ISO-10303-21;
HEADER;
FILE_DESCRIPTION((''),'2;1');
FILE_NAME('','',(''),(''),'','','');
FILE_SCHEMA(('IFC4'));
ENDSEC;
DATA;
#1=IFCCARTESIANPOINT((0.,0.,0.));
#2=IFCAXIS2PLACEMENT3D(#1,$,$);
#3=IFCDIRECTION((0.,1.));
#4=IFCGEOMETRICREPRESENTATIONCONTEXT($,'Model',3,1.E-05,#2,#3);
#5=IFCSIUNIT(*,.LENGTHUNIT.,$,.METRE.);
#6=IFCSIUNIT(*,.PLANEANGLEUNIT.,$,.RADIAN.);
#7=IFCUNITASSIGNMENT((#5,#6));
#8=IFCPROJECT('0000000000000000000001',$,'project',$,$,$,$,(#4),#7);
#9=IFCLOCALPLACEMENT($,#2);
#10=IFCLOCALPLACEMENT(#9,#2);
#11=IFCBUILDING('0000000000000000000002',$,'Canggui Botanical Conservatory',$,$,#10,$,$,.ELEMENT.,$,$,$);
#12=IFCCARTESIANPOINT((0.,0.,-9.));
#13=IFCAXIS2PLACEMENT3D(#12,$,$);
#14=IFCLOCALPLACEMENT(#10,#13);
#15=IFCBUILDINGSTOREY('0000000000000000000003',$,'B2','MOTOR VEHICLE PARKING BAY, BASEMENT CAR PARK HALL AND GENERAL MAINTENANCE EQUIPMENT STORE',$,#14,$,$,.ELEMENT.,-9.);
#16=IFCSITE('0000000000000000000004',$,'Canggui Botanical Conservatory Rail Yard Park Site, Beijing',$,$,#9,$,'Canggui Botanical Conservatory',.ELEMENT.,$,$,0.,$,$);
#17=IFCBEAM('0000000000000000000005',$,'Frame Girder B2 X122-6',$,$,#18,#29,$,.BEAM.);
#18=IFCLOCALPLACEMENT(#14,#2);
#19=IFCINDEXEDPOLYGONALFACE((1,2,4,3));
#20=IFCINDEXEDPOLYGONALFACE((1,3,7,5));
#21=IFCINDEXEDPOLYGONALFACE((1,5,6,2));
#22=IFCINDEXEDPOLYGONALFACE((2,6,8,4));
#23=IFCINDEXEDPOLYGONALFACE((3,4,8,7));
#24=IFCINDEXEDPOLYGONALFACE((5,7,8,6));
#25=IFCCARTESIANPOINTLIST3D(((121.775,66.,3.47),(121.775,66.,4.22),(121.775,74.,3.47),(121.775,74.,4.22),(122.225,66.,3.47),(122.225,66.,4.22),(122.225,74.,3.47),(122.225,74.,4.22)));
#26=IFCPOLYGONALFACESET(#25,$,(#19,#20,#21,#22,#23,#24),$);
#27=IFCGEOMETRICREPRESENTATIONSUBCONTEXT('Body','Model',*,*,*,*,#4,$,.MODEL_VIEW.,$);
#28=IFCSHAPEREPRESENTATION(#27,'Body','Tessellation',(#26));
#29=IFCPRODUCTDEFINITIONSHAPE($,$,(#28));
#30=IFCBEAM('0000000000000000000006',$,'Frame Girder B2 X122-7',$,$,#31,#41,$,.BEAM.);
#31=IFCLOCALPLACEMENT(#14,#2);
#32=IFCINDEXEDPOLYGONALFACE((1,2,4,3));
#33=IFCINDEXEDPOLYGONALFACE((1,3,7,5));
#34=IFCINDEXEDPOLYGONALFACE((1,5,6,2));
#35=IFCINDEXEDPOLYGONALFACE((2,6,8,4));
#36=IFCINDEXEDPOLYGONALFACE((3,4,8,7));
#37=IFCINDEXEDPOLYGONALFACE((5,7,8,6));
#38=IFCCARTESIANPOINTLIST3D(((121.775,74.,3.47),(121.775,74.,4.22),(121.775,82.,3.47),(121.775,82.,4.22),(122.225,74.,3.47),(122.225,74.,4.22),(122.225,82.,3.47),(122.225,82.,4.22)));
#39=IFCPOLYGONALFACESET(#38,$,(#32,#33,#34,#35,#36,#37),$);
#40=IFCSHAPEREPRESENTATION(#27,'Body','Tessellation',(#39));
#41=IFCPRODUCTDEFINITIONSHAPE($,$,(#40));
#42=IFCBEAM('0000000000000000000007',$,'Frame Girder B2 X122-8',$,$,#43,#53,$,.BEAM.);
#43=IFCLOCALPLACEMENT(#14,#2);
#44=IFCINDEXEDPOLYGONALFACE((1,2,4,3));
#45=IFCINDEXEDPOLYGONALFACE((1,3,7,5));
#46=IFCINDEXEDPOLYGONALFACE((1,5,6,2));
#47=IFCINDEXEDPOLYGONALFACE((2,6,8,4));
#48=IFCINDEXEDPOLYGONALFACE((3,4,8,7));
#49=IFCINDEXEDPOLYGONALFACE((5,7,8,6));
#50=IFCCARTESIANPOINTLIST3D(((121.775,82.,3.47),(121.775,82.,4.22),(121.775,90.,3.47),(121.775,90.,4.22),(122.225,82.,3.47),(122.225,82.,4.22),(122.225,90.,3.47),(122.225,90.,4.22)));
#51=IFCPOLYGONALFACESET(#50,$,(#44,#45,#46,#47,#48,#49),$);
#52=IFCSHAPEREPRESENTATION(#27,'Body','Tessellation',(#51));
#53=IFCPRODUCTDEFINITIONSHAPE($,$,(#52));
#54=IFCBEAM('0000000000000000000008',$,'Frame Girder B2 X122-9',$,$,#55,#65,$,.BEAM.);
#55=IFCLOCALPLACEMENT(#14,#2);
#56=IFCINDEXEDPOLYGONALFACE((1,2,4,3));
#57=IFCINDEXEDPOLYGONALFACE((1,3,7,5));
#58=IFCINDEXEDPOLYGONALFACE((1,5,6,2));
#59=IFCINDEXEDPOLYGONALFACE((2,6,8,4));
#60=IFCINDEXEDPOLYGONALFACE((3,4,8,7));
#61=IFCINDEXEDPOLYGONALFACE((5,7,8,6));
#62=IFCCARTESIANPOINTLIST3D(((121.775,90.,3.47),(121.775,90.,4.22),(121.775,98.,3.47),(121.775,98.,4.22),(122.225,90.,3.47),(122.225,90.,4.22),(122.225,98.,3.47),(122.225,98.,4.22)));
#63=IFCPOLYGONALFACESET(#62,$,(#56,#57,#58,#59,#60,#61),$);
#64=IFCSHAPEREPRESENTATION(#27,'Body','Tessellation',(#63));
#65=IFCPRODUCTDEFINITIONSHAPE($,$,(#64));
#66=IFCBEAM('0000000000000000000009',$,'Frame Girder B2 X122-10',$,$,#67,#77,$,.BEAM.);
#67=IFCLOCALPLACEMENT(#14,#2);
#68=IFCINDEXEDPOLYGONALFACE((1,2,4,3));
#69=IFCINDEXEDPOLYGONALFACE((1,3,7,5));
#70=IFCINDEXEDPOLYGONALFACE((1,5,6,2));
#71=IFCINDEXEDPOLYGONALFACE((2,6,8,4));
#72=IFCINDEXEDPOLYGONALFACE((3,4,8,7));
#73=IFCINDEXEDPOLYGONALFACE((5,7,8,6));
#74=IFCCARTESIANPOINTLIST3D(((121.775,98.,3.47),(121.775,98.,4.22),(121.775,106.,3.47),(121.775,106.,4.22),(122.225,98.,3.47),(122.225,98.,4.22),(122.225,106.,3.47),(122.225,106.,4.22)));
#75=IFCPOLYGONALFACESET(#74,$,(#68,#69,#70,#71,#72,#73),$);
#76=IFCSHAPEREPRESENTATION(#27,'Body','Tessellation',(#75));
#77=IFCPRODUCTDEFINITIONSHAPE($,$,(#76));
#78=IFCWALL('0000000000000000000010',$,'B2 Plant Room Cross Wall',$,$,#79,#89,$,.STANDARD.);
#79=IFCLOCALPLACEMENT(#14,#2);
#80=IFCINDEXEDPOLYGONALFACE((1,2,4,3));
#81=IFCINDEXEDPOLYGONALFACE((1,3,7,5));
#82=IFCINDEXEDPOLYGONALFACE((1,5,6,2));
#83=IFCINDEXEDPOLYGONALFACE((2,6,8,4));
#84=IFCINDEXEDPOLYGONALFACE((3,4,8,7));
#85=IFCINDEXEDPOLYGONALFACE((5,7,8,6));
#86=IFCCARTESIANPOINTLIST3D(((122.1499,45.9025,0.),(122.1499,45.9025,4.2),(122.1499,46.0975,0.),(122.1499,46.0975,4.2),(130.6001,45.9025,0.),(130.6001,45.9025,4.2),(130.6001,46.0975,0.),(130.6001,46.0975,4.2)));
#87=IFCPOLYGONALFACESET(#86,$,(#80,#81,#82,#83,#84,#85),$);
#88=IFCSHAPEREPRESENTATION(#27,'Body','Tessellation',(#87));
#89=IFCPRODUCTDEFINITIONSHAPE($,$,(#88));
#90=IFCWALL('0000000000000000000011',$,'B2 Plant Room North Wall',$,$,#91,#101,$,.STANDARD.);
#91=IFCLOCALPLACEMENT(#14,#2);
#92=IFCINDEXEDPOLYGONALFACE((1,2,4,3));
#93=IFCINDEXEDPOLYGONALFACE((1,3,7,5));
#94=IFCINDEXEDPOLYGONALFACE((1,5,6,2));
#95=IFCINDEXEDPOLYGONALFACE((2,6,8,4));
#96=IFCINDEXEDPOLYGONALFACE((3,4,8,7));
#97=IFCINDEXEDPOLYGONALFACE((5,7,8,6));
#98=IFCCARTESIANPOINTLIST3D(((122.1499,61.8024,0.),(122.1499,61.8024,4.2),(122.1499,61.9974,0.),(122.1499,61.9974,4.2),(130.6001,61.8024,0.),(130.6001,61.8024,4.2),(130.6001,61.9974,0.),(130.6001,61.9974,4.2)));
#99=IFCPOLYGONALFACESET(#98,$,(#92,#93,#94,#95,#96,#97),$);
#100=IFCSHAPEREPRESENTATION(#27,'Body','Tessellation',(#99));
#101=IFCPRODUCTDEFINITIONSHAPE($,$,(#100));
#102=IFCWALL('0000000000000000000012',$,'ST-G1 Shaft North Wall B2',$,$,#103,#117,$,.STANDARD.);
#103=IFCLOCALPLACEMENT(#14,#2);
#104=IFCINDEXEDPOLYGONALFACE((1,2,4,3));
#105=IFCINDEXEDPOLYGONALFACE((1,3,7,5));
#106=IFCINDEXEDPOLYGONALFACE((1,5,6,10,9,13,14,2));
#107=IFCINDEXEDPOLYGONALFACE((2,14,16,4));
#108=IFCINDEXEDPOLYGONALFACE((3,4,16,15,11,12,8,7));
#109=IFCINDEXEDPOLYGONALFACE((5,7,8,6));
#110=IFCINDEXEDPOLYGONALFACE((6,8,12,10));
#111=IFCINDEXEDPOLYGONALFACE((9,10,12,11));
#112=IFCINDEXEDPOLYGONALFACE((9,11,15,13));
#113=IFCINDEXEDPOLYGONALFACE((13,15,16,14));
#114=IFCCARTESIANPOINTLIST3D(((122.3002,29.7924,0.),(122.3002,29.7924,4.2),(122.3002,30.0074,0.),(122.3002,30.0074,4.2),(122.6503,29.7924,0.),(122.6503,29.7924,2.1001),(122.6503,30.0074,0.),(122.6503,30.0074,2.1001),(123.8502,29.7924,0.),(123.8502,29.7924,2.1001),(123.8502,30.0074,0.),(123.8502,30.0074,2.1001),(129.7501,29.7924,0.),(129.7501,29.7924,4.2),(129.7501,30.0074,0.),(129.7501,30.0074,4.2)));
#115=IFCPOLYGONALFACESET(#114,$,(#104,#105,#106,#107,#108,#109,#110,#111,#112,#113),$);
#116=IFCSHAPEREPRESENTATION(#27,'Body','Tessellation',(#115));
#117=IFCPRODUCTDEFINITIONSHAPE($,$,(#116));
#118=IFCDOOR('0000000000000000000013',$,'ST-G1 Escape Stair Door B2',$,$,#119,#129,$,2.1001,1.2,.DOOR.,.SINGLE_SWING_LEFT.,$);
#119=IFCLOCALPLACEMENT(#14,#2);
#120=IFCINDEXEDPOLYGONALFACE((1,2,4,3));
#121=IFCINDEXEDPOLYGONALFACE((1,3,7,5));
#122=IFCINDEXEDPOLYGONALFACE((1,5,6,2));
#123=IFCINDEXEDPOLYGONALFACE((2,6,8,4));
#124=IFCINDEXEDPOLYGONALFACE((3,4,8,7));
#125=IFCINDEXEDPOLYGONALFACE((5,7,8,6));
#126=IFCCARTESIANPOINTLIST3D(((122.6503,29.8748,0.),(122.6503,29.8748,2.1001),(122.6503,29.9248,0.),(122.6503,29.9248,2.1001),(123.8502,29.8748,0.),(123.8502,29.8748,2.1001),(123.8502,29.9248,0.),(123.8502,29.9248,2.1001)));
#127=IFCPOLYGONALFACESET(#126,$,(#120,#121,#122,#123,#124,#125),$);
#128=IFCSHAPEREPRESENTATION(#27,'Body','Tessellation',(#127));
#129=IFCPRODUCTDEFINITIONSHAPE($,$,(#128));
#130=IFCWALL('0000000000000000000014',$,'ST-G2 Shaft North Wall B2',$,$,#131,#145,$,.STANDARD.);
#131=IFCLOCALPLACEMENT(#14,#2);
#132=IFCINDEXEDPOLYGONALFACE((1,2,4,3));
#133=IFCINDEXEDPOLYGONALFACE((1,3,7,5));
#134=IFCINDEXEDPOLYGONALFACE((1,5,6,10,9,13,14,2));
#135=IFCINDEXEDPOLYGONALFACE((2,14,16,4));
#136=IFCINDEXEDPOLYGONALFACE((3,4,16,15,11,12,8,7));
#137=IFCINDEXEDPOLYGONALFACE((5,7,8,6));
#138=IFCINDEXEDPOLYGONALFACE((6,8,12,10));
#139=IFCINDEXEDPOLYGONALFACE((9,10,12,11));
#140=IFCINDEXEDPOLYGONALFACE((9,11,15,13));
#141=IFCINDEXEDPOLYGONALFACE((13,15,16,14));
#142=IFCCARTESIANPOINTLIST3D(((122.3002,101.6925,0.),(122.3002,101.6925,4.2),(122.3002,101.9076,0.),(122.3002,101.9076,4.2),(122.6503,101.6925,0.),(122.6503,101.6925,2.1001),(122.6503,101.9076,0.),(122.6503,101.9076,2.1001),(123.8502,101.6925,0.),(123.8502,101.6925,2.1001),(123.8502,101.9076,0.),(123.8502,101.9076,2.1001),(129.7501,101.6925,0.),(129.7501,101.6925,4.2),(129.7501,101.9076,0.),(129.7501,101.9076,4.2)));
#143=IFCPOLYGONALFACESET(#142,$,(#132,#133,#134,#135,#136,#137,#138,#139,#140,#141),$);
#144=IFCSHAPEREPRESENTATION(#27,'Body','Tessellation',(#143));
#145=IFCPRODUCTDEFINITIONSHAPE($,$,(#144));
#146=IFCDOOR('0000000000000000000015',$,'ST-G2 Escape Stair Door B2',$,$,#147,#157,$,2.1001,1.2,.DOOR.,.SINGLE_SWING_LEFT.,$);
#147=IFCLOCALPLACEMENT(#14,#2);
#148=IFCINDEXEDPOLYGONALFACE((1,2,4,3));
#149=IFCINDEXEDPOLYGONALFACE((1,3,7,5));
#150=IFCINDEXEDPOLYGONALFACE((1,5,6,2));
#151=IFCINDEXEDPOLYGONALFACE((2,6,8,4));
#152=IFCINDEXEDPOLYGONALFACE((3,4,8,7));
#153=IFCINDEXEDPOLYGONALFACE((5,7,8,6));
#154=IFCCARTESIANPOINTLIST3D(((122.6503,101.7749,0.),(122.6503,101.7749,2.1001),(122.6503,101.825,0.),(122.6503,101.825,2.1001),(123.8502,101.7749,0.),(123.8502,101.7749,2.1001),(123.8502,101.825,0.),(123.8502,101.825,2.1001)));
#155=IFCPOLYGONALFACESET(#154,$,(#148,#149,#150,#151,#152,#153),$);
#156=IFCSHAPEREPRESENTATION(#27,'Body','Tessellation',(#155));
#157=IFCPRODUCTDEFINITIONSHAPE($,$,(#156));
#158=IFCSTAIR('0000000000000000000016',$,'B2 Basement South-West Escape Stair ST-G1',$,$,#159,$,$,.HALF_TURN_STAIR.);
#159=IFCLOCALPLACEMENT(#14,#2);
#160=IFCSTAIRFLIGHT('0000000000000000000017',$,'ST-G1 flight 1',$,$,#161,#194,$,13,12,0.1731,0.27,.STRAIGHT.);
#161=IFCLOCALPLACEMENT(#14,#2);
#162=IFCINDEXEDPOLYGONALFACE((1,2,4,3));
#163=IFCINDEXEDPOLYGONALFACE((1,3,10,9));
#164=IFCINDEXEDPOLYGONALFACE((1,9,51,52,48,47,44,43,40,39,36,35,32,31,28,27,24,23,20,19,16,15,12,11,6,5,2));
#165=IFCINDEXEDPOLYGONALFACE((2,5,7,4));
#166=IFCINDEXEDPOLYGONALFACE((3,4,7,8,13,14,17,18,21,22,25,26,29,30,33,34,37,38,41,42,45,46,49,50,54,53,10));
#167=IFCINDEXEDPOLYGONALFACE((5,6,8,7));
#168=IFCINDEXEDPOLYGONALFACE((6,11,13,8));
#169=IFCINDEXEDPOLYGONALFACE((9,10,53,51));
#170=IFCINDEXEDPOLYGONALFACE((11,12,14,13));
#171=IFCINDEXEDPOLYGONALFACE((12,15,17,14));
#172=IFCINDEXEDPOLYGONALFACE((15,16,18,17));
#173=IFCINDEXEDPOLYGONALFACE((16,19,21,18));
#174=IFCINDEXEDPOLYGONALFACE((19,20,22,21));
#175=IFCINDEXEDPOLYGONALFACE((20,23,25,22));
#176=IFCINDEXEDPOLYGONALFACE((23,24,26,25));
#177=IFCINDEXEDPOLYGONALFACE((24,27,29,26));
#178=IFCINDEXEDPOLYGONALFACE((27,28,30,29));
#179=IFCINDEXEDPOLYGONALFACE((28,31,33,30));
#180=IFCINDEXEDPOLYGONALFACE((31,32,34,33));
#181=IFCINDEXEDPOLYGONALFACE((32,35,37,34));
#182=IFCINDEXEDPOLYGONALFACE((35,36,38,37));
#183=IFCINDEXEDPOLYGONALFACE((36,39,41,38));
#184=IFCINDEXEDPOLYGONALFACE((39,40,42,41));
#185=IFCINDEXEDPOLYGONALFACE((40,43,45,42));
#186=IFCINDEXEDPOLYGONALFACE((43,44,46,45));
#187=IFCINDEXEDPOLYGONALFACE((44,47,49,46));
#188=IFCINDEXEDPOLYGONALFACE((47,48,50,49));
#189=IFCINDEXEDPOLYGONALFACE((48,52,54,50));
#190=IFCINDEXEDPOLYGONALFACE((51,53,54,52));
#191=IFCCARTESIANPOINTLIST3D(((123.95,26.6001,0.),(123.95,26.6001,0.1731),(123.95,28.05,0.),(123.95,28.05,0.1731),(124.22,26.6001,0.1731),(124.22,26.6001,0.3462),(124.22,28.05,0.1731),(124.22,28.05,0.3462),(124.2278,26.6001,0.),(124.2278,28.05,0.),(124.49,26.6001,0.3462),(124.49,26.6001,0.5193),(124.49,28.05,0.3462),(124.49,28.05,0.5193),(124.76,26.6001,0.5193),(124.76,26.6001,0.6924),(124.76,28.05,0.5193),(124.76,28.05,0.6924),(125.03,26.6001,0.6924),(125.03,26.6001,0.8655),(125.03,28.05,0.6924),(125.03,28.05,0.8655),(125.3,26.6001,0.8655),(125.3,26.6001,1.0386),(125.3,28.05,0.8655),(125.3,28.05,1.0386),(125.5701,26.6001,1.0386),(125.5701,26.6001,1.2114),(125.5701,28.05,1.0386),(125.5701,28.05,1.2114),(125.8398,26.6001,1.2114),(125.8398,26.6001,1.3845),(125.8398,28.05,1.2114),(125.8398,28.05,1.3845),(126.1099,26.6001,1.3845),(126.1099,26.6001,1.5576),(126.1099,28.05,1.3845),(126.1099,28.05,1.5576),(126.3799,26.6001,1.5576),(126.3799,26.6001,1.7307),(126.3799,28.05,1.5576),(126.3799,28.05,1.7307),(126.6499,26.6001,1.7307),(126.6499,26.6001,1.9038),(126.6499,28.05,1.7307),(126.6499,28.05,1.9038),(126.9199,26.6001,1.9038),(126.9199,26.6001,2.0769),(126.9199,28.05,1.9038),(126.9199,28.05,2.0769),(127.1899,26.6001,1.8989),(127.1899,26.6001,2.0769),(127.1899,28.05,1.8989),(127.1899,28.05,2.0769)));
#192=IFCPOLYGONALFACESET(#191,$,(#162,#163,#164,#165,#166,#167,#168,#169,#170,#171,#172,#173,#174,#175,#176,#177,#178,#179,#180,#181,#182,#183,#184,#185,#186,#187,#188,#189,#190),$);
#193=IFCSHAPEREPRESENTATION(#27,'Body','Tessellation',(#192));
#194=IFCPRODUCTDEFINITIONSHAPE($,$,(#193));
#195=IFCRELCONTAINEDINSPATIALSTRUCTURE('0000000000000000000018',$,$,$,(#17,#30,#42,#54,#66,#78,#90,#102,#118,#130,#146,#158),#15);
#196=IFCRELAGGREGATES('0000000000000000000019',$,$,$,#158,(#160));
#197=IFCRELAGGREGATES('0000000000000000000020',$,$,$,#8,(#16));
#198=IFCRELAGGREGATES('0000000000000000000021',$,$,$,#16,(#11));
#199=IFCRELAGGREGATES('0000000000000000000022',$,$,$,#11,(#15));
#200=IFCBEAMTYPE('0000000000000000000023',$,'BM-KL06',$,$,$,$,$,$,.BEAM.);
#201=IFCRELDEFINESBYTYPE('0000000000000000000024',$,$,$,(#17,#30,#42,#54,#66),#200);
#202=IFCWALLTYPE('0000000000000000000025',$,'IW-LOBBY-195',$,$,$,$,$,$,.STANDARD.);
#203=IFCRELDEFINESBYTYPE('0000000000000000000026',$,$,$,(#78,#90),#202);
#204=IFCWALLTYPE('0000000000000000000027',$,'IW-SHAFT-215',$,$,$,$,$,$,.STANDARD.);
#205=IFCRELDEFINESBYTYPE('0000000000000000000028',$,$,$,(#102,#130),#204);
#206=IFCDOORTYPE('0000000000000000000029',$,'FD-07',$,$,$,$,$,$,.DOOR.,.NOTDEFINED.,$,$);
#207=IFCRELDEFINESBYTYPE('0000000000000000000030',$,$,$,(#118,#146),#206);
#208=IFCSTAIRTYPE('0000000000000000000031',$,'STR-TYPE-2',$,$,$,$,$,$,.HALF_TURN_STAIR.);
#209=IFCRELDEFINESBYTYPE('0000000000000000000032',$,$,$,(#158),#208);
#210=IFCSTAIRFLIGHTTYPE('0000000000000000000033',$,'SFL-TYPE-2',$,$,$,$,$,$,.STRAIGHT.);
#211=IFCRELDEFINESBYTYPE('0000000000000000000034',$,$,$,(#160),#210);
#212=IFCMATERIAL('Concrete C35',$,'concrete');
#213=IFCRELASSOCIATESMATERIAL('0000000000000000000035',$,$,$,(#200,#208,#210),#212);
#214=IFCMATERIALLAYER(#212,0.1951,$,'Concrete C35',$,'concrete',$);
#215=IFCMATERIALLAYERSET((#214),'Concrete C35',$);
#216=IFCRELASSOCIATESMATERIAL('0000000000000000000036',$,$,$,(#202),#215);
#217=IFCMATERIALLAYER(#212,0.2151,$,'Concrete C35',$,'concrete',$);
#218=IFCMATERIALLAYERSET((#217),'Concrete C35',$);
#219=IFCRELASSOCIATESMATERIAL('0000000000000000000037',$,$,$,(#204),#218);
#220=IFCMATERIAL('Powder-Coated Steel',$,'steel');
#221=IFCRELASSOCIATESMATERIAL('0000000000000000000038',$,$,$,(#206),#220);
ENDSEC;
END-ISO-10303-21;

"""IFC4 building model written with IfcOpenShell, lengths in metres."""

from ifc_helpers import new_model, si_unit, direction, frame, frame_2d, origin, origin_2d, place, context, subcontext, project, spatial, polyline, rectangle, outline, extrude, material, layer, layer_set, material_profile, profile_set, type_object, element, fill, aggregate, save


model = new_model("IFC4")

# Units and contexts
model_context = context("Model", 3, precision=1e-05, world=origin(), true_north=direction((0.0, 1.0)))
body_context = subcontext(model_context, "Body", "Model", "MODEL_VIEW")
ifc_project = project(units=[si_unit("LENGTHUNIT", "METRE"), si_unit("PLANEANGLEUNIT", "RADIAN")], contexts=[model_context])

# Site, building, storey
site_placement = place(None, origin())
site = spatial("IfcSite", under=ifc_project, at=site_placement, Name="Canggui Botanical Conservatory Rail Yard Park Site, Beijing", LongName="Canggui Botanical Conservatory", CompositionType="ELEMENT", RefElevation=0.0)
building_placement = place(site_placement, origin())
building = spatial("IfcBuilding", under=site, at=building_placement, Name="Canggui Botanical Conservatory", CompositionType="ELEMENT")
storey_placement = place(building_placement, frame((0.0, 0.0, -9.0)))
storey = spatial("IfcBuildingStorey", under=building, at=storey_placement, Name="B2", Description="MOTOR VEHICLE PARKING BAY, BASEMENT CAR PARK HALL AND GENERAL MAINTENANCE EQUIPMENT STORE", CompositionType="ELEMENT", Elevation=-9.0)

# Shared definitions
ifc_material_1 = material(Name="Concrete C35", Category="concrete")

# Beams
ifc_material_profile_1 = material_profile(ifc_material_1, rectangle(XDim=0.45, YDim=0.75, at=origin_2d()), Name="RB 450x750")
ifc_profile_set_1 = profile_set([ifc_material_profile_1], Name="Concrete C35")
beam_type_1 = type_object("IfcBeamType", Name="BM-KL06", PredefinedType="BEAM", material=ifc_profile_set_1)
for number, where, z_axis, x_axis, name in (
    (1, (122.0, 66.0, 3.845), (0.0, 1.0, 0.0), (-1.0, 0.0, 0.0), "Frame Girder B2 X122-6"),
    (2, (122.0, 74.0, 3.845), (0.0, 1.0, 0.0), (-1.0, 0.0, 0.0), "Frame Girder B2 X122-7"),
    (3, (122.0, 82.0, 3.845), (0.0, 1.0, 0.0), (-1.0, 0.0, 0.0), "Frame Girder B2 X122-8"),
    (4, (122.0, 90.0, 3.845), (0.0, 1.0, 0.0), (-1.0, 0.0, 0.0), "Frame Girder B2 X122-9"),
    (5, (122.0, 98.0, 3.845), (0.0, 1.0, 0.0), (-1.0, 0.0, 0.0), "Frame Girder B2 X122-10"),
):
    element("IfcBeam", number, at=place(storey_placement, frame(where, z_axis=z_axis, x_axis=x_axis)), inside=storey, type_object=beam_type_1, Name=name, PredefinedType="BEAM", context=body_context, shape_type="SweptSolid", body=[
        extrude(rectangle(XDim=0.45, YDim=0.75, at=origin_2d()), origin(), (0.0, 0.0, 1.0), 8.0),
    ])

# Walls
ifc_layer_1 = layer(ifc_material_1, 0.1951, Name="Concrete C35", Category="concrete")
ifc_layer_set_1 = layer_set([ifc_layer_1], Name="Concrete C35")
wall_type_1 = type_object("IfcWallType", Name="IW-LOBBY-195", PredefinedType="STANDARD", material=ifc_layer_set_1)
for number, where, z_axis, x_axis, name in (
    (6, (122.1499, 46.0, 0.0), (0.0, 0.0, 1.0), (1.0, 0.0, 0.0), "B2 Plant Room Cross Wall"),
    (7, (122.1499, 61.8999, 0.0), (0.0, 0.0, 1.0), (1.0, 0.0, 0.0), "B2 Plant Room North Wall"),
):
    element("IfcWall", number, at=place(storey_placement, frame(where, z_axis=z_axis, x_axis=x_axis)), inside=storey, type_object=wall_type_1, Name=name, PredefinedType="STANDARD", context=body_context, shape_type="SweptSolid", body=[
        extrude(rectangle(XDim=8.4502, YDim=0.1951, at=frame_2d((4.2251, 0.0))), origin(), (0.0, 0.0, 1.0), 4.2),
    ])

# Walls, openings, doors
ifc_layer_2 = layer(ifc_material_1, 0.2151, Name="Concrete C35", Category="concrete")
ifc_layer_set_2 = layer_set([ifc_layer_2], Name="Concrete C35")
wall_type_2 = type_object("IfcWallType", Name="IW-SHAFT-215", PredefinedType="STANDARD", material=ifc_layer_set_2)
wall_1_placement = place(storey_placement, frame((122.3, 29.8999, 0.0), z_axis=(0.0, 0.0, 1.0), x_axis=(1.0, 0.0, 0.0)))
wall_1 = element("IfcWall", 8, at=wall_1_placement, inside=storey, type_object=wall_type_2, Name="ST-G1 Shaft North Wall B2", PredefinedType="STANDARD", context=body_context, shape_type="SweptSolid", body=[
    extrude(rectangle(XDim=7.45, YDim=0.2151, at=frame_2d((3.7251, 0.0))), origin(), (0.0, 0.0, 1.0), 4.2),
])
opening_1_placement = place(wall_1_placement, frame((0.3501, 0.0, 0.0)))
opening_1 = element("IfcOpeningElement", 9, at=opening_1_placement, cuts=wall_1, PredefinedType="OPENING", context=body_context, shape_type="SweptSolid", body=[
    extrude(rectangle(XDim=1.2, YDim=2.1001, at=frame_2d((0.6001, 1.05))), frame((0.0, 0.1177, 0.0), z_axis=(0.0, -1.0, 0.0), x_axis=(1.0, 0.0, 0.0)), (0.0, 0.0, 1.0), 0.2351),
])
ifc_material_2 = material(Name="Powder-Coated Steel", Category="steel")
door_type = type_object("IfcDoorType", Name="FD-07", OperationType="NOTDEFINED", PredefinedType="DOOR", material=ifc_material_2)
door_1_placement = place(opening_1_placement, origin())
door_1 = element("IfcDoor", 10, at=door_1_placement, inside=storey, type_object=door_type, Name="ST-G1 Escape Stair Door B2", OperationType="SINGLE_SWING_LEFT", OverallHeight=2.1001, OverallWidth=1.2, PredefinedType="DOOR", context=body_context, shape_type="SweptSolid", body=[
    extrude(rectangle(XDim=1.2, YDim=2.1001, at=frame_2d((0.6001, 1.05))), frame((0.0, 0.0249, 0.0), z_axis=(0.0, -1.0, 0.0), x_axis=(1.0, 0.0, 0.0)), (0.0, 0.0, 1.0), 0.05),
])
fill(opening_1, door_1)
wall_2_placement = place(storey_placement, frame((122.3, 101.8, 0.0), z_axis=(0.0, 0.0, 1.0), x_axis=(1.0, 0.0, 0.0)))
wall_2 = element("IfcWall", 11, at=wall_2_placement, inside=storey, type_object=wall_type_2, Name="ST-G2 Shaft North Wall B2", PredefinedType="STANDARD", context=body_context, shape_type="SweptSolid", body=[
    extrude(rectangle(XDim=7.45, YDim=0.2151, at=frame_2d((3.7251, 0.0))), origin(), (0.0, 0.0, 1.0), 4.2),
])
opening_2_placement = place(wall_2_placement, frame((0.3501, 0.0, 0.0)))
opening_2 = element("IfcOpeningElement", 12, at=opening_2_placement, cuts=wall_2, PredefinedType="OPENING", context=body_context, shape_type="SweptSolid", body=[
    extrude(rectangle(XDim=1.2, YDim=2.1001, at=frame_2d((0.6001, 1.05))), frame((0.0, 0.1177, 0.0), z_axis=(0.0, -1.0, 0.0), x_axis=(1.0, 0.0, 0.0)), (0.0, 0.0, 1.0), 0.2351),
])
door_2_placement = place(opening_2_placement, origin())
door_2 = element("IfcDoor", 13, at=door_2_placement, inside=storey, type_object=door_type, Name="ST-G2 Escape Stair Door B2", OperationType="SINGLE_SWING_LEFT", OverallHeight=2.1001, OverallWidth=1.2, PredefinedType="DOOR", context=body_context, shape_type="SweptSolid", body=[
    extrude(rectangle(XDim=1.2, YDim=2.1001, at=frame_2d((0.6001, 1.05))), frame((0.0, 0.0249, 0.0), z_axis=(0.0, -1.0, 0.0), x_axis=(1.0, 0.0, 0.0)), (0.0, 0.0, 1.0), 0.05),
])
fill(opening_2, door_2)

# Stair, stair flight
stair_type = type_object("IfcStairType", Name="STR-TYPE-2", PredefinedType="HALF_TURN_STAIR", material=ifc_material_1)
stair_1_placement = place(storey_placement, origin())
stair_1 = element("IfcStair", 14, at=stair_1_placement, inside=storey, type_object=stair_type, Name="B2 Basement South-West Escape Stair ST-G1", PredefinedType="HALF_TURN_STAIR")
stair_flight_type = type_object("IfcStairFlightType", Name="SFL-TYPE-2", PredefinedType="STRAIGHT", material=ifc_material_1)
stair_flight_1_placement = place(storey_placement, frame((123.95, 27.325, 0.0), z_axis=(0.0, 0.0, 1.0), x_axis=(1.0, 0.0, 0.0)))
stair_flight_1 = element("IfcStairFlight", 15, at=stair_flight_1_placement, type_object=stair_flight_type, Name="ST-G1 flight 1", NumberOfRisers=13, NumberOfTreads=12, PredefinedType="STRAIGHT", RiserHeight=0.1731, TreadLength=0.27, context=body_context, shape_type="SweptSolid", body=[
    extrude(outline(polyline([(0.0, 0.0), (0.0, 0.1731), (0.27, 0.1731), (0.27, 0.3462), (0.54, 0.3462), (0.54, 0.5193), (0.8101, 0.5193), (0.8101, 0.6924), (1.0801, 0.6924), (1.0801, 0.8655), (1.3501, 0.8655), (1.3501, 1.0386), (1.6201, 1.0386), (1.6201, 1.2114), (1.8899, 1.2114), (1.8899, 1.3845), (2.1599, 1.3845), (2.1599, 1.5576), (2.4299, 1.5576), (2.4299, 1.7307), (2.7, 1.7307), (2.7, 1.9038), (2.97, 1.9038), (2.97, 2.0769), (3.24, 2.0769), (3.24, 2.25), (3.24, 1.8989), (0.2778, 0.0), (0.0, 0.0)])), frame((0.0, 0.7251, 0.0), z_axis=(0.0, -1.0, 0.0), x_axis=(1.0, 0.0, 0.0)), (0.0, 0.0, 1.0), 1.45),
])
aggregate(stair_1, [stair_flight_1])

save(model, "model.ifc")
